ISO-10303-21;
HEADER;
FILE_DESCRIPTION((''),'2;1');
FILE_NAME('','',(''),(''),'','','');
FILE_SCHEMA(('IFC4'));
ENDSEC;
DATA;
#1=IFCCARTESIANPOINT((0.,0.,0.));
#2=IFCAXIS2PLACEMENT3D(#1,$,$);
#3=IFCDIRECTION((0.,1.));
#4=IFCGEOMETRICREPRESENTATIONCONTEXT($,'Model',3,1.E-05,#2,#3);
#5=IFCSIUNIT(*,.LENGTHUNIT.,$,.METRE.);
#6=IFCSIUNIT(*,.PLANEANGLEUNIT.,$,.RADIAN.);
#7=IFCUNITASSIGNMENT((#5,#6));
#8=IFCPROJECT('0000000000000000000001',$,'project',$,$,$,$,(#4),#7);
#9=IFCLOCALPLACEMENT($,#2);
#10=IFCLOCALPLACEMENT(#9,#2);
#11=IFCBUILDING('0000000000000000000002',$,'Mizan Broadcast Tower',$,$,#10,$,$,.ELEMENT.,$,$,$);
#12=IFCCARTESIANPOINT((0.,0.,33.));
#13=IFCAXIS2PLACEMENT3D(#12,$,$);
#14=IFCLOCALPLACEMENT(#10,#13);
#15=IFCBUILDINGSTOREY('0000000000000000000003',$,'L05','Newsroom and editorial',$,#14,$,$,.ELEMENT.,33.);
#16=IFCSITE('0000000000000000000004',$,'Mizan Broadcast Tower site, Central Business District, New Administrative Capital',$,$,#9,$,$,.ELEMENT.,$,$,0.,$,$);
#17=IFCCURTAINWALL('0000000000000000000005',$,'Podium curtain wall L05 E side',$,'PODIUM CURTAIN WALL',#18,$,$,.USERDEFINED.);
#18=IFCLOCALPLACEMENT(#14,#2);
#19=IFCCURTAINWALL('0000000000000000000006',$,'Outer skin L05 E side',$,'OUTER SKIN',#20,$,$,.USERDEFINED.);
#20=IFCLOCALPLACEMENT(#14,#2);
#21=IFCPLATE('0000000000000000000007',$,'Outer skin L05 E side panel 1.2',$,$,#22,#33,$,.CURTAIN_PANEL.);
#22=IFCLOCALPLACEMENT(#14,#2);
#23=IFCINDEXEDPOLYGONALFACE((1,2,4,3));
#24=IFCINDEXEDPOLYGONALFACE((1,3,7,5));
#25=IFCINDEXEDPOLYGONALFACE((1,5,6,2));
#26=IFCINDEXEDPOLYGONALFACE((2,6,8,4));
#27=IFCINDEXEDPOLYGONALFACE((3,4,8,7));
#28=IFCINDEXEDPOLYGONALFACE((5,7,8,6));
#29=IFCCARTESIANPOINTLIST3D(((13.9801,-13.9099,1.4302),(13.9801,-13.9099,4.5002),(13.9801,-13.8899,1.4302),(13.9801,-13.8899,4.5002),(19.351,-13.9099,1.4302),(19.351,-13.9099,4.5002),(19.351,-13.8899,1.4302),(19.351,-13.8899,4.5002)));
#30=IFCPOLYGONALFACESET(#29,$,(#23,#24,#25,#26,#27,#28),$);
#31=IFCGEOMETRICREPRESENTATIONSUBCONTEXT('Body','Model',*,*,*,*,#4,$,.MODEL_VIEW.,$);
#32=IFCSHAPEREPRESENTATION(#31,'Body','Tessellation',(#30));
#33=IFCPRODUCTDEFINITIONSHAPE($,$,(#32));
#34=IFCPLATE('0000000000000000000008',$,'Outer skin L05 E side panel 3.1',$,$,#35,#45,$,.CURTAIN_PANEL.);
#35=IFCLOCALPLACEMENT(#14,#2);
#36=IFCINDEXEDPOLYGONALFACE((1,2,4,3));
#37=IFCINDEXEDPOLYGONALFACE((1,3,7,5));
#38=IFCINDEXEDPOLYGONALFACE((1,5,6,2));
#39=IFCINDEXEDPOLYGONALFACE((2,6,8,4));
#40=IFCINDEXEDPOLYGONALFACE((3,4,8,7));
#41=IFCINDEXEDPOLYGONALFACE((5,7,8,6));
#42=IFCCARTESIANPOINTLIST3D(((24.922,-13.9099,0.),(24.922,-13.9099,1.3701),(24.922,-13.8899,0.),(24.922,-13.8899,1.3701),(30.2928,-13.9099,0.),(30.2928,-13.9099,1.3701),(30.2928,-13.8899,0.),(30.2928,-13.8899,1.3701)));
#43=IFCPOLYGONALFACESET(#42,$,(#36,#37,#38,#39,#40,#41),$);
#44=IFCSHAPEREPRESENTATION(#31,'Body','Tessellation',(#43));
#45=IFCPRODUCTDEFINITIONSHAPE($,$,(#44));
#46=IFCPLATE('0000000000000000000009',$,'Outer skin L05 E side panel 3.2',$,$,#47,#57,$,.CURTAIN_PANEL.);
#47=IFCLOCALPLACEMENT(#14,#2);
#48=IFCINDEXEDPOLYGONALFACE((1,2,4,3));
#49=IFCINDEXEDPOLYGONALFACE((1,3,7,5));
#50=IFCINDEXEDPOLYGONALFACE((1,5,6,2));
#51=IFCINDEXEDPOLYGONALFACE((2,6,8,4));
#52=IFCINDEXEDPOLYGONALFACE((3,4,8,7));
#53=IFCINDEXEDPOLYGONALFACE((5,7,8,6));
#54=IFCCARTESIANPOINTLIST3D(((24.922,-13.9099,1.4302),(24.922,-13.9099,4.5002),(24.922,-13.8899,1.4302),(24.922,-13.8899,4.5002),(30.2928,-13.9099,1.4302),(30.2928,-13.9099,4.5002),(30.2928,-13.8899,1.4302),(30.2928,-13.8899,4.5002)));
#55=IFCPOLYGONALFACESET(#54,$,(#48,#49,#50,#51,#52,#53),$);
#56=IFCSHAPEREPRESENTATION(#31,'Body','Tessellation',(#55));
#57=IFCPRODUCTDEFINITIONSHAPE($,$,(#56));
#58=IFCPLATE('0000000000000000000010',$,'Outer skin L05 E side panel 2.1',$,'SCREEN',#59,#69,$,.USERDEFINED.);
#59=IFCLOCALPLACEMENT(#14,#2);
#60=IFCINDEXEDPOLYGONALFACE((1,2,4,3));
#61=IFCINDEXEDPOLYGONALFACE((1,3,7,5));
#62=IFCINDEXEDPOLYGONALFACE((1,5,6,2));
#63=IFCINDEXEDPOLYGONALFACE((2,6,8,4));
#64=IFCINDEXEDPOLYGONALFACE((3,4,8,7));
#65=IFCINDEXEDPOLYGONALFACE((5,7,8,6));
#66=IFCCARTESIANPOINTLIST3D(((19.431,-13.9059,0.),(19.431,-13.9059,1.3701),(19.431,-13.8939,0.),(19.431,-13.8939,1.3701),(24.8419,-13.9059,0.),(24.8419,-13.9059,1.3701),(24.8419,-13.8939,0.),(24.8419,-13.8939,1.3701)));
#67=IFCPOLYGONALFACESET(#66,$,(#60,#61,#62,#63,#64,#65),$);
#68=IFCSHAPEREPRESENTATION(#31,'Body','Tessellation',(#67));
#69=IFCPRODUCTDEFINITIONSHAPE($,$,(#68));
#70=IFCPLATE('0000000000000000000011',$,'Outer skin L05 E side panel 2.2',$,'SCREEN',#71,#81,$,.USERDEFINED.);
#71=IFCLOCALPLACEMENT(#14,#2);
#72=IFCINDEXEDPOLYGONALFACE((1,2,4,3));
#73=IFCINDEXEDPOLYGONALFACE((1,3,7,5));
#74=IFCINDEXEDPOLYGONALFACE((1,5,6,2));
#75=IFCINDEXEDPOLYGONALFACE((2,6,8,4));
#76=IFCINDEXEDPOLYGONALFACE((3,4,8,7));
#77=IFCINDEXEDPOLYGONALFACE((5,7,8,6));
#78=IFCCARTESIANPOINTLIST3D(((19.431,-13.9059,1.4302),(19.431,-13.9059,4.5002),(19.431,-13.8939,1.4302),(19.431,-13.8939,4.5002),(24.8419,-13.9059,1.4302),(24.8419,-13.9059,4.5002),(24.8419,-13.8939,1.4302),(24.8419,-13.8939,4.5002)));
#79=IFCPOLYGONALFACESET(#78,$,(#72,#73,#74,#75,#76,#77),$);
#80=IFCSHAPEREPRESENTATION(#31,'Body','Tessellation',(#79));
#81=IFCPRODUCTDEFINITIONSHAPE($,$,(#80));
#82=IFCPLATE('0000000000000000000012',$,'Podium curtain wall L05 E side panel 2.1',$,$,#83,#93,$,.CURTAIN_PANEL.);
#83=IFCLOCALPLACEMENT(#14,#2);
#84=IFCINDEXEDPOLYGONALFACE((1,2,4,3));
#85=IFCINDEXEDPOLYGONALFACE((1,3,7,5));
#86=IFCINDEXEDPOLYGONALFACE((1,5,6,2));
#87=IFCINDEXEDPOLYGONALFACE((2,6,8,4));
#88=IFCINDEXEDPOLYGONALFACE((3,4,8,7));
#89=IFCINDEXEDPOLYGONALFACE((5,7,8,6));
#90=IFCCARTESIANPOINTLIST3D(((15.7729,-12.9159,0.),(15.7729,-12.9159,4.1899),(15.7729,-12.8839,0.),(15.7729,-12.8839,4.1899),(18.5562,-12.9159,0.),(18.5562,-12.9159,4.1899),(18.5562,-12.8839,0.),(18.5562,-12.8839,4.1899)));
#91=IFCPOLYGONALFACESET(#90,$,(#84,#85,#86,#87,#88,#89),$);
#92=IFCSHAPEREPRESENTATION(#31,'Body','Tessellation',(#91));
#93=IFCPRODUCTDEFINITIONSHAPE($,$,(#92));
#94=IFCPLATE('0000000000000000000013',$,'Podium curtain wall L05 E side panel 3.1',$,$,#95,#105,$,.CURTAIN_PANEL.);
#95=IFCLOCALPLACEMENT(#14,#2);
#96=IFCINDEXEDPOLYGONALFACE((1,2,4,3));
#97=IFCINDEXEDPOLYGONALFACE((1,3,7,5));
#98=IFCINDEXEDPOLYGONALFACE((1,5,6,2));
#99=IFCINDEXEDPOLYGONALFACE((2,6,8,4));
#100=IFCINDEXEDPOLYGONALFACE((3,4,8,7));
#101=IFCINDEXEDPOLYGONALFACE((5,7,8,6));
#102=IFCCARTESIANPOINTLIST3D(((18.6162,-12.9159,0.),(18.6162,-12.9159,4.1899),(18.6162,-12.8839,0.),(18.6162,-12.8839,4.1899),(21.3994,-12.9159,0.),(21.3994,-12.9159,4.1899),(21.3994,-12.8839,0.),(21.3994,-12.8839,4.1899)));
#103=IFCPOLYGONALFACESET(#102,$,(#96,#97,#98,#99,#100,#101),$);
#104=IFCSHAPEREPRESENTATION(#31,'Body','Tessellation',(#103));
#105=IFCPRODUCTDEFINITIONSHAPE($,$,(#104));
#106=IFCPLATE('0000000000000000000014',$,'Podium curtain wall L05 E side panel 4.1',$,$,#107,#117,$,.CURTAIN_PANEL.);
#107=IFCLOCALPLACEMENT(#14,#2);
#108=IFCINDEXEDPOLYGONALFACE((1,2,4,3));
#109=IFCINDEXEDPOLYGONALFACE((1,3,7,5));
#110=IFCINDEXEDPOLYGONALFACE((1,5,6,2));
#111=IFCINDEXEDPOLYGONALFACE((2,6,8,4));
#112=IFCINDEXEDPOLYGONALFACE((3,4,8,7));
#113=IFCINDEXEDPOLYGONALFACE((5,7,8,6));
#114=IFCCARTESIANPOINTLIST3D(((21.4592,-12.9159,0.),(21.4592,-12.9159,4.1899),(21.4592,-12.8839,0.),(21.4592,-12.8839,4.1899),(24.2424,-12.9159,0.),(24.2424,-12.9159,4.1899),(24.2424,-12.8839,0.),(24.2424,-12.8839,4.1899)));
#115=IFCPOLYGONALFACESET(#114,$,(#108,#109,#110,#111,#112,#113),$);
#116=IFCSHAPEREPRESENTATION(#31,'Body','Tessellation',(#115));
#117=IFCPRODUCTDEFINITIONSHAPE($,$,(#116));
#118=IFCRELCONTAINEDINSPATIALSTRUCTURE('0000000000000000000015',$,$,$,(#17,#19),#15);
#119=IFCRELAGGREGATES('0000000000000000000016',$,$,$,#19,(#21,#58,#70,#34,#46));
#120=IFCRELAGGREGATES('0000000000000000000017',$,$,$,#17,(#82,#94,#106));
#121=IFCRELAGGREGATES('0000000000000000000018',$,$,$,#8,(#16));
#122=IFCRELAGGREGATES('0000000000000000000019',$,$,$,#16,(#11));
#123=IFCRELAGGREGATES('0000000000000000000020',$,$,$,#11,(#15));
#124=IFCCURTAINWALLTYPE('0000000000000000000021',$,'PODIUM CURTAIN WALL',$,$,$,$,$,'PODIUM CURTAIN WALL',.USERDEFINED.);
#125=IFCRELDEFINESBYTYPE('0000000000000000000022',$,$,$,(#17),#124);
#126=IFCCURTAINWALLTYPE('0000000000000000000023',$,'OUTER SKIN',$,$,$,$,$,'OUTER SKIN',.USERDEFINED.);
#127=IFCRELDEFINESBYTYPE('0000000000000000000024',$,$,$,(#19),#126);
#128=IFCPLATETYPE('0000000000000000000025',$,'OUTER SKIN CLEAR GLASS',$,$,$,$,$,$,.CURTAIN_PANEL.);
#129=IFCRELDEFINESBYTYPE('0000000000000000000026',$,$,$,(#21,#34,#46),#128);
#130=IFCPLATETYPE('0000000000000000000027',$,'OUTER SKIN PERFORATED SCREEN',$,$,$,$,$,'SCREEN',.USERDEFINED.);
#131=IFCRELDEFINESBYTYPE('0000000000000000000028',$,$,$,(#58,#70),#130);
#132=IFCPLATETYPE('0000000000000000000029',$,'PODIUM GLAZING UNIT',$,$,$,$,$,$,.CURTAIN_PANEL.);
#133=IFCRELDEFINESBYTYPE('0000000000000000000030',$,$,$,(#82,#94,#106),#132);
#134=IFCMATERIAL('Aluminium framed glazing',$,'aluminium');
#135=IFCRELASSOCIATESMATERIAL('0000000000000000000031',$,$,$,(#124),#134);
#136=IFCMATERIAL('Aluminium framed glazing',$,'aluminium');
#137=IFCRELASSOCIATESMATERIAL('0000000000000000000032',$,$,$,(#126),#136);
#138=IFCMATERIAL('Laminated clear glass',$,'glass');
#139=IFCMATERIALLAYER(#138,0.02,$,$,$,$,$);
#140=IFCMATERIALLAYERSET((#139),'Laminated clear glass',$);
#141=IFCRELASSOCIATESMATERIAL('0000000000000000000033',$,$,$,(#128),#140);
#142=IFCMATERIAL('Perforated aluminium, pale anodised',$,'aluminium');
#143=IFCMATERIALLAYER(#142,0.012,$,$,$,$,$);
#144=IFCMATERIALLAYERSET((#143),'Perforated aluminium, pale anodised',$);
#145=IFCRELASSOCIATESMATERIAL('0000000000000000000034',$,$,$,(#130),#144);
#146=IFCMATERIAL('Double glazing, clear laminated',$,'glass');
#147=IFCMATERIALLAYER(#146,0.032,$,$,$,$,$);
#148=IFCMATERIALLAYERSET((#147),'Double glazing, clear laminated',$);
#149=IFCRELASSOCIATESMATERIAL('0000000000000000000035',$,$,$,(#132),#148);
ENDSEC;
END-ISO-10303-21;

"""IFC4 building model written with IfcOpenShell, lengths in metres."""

from ifc_helpers import new_model, si_unit, direction, frame, origin, origin_2d, place, context, subcontext, project, spatial, rectangle, extrude, material, layer, layer_set, type_object, element, aggregate, save


model = new_model("IFC4")

# Units and contexts
model_context = context("Model", 3, precision=1e-05, world=origin(), true_north=direction((0.0, 1.0)))
body_context = subcontext(model_context, "Body", "Model", "MODEL_VIEW")
ifc_project = project(units=[si_unit("LENGTHUNIT", "METRE"), si_unit("PLANEANGLEUNIT", "RADIAN")], contexts=[model_context])

# Site, building, storey
site_placement = place(None, origin())
site = spatial("IfcSite", under=ifc_project, at=site_placement, Name="Mizan Broadcast Tower site, Central Business District, New Administrative Capital", CompositionType="ELEMENT", RefElevation=0.0)
building_placement = place(site_placement, origin())
building = spatial("IfcBuilding", under=site, at=building_placement, Name="Mizan Broadcast Tower", CompositionType="ELEMENT")
storey_placement = place(building_placement, frame((0.0, 0.0, 33.0)))
storey = spatial("IfcBuildingStorey", under=building, at=storey_placement, Name="L05", Description="Newsroom and editorial", CompositionType="ELEMENT", Elevation=33.0)

# Curtain walls
ifc_material_1 = material(Name="Aluminium framed glazing", Category="aluminium")
curtain_wall_type_1 = type_object("IfcCurtainWallType", Name="PODIUM CURTAIN WALL", ElementType="PODIUM CURTAIN WALL", PredefinedType="USERDEFINED", material=ifc_material_1)
curtain_wall_1_placement = place(storey_placement, origin())
curtain_wall_1 = element("IfcCurtainWall", 1, at=curtain_wall_1_placement, inside=storey, type_object=curtain_wall_type_1, Name="Podium curtain wall L05 E side", ObjectType="PODIUM CURTAIN WALL", PredefinedType="USERDEFINED")
ifc_material_2 = material(Name="Aluminium framed glazing", Category="aluminium")
curtain_wall_type_2 = type_object("IfcCurtainWallType", Name="OUTER SKIN", ElementType="OUTER SKIN", PredefinedType="USERDEFINED", material=ifc_material_2)
curtain_wall_2_placement = place(storey_placement, origin())
curtain_wall_2 = element("IfcCurtainWall", 2, at=curtain_wall_2_placement, inside=storey, type_object=curtain_wall_type_2, Name="Outer skin L05 E side", ObjectType="OUTER SKIN", PredefinedType="USERDEFINED")

# Plates
ifc_material_3 = material(Name="Laminated clear glass", Category="glass")
ifc_layer_1 = layer(ifc_material_3, 0.02)
ifc_layer_set_1 = layer_set([ifc_layer_1], Name="Laminated clear glass")
plate_type_1 = type_object("IfcPlateType", Name="OUTER SKIN CLEAR GLASS", PredefinedType="CURTAIN_PANEL", material=ifc_layer_set_1)
plate_1_placement = place(storey_placement, frame((16.6655, -13.8999, 1.4302), z_axis=(0.0, 0.0, 1.0), x_axis=(1.0, 0.0, 0.0)))
plate_1 = element("IfcPlate", 3, at=plate_1_placement, type_object=plate_type_1, Name="Outer skin L05 E side panel 1.2", PredefinedType="CURTAIN_PANEL", context=body_context, shape_type="SweptSolid", body=[
    extrude(rectangle(XDim=5.3708, YDim=0.02, at=origin_2d()), origin(), (0.0, 0.0, 1.0), 3.0701),
])
plate_2_placement = place(storey_placement, frame((27.6074, -13.8999, 0.0), z_axis=(0.0, 0.0, 1.0), x_axis=(1.0, 0.0, 0.0)))
plate_2 = element("IfcPlate", 4, at=plate_2_placement, type_object=plate_type_1, Name="Outer skin L05 E side panel 3.1", PredefinedType="CURTAIN_PANEL", context=body_context, shape_type="SweptSolid", body=[
    extrude(rectangle(XDim=5.3708, YDim=0.02, at=origin_2d()), origin(), (0.0, 0.0, 1.0), 1.3701),
])
plate_3_placement = place(storey_placement, frame((27.6074, -13.8999, 1.4302), z_axis=(0.0, 0.0, 1.0), x_axis=(1.0, 0.0, 0.0)))
plate_3 = element("IfcPlate", 5, at=plate_3_placement, type_object=plate_type_1, Name="Outer skin L05 E side panel 3.2", PredefinedType="CURTAIN_PANEL", context=body_context, shape_type="SweptSolid", body=[
    extrude(rectangle(XDim=5.3708, YDim=0.02, at=origin_2d()), origin(), (0.0, 0.0, 1.0), 3.0701),
])
ifc_material_4 = material(Name="Perforated aluminium, pale anodised", Category="aluminium")
ifc_layer_2 = layer(ifc_material_4, 0.012)
ifc_layer_set_2 = layer_set([ifc_layer_2], Name="Perforated aluminium, pale anodised")
plate_type_2 = type_object("IfcPlateType", Name="OUTER SKIN PERFORATED SCREEN", ElementType="SCREEN", PredefinedType="USERDEFINED", material=ifc_layer_set_2)
plate_4_placement = place(storey_placement, frame((22.1365, -13.8999, 0.0), z_axis=(0.0, 0.0, 1.0), x_axis=(1.0, 0.0, 0.0)))
plate_4 = element("IfcPlate", 6, at=plate_4_placement, type_object=plate_type_2, Name="Outer skin L05 E side panel 2.1", ObjectType="SCREEN", PredefinedType="USERDEFINED", context=body_context, shape_type="SweptSolid", body=[
    extrude(rectangle(XDim=5.4109, YDim=0.012, at=origin_2d()), origin(), (0.0, 0.0, 1.0), 1.3701),
])
plate_5_placement = place(storey_placement, frame((22.1365, -13.8999, 1.4302), z_axis=(0.0, 0.0, 1.0), x_axis=(1.0, 0.0, 0.0)))
plate_5 = element("IfcPlate", 7, at=plate_5_placement, type_object=plate_type_2, Name="Outer skin L05 E side panel 2.2", ObjectType="SCREEN", PredefinedType="USERDEFINED", context=body_context, shape_type="SweptSolid", body=[
    extrude(rectangle(XDim=5.4109, YDim=0.012, at=origin_2d()), origin(), (0.0, 0.0, 1.0), 3.0701),
])
aggregate(curtain_wall_2, [plate_1, plate_4, plate_5, plate_2, plate_3])
ifc_material_5 = material(Name="Double glazing, clear laminated", Category="glass")
ifc_layer_3 = layer(ifc_material_5, 0.032)
ifc_layer_set_3 = layer_set([ifc_layer_3], Name="Double glazing, clear laminated")
plate_type_3 = type_object("IfcPlateType", Name="PODIUM GLAZING UNIT", PredefinedType="CURTAIN_PANEL", material=ifc_layer_set_3)
plate_6_placement = place(storey_placement, frame((17.1646, -12.8999, 0.0), z_axis=(0.0, 0.0, 1.0), x_axis=(1.0, 0.0, 0.0)))
plate_6 = element("IfcPlate", 8, at=plate_6_placement, type_object=plate_type_3, Name="Podium curtain wall L05 E side panel 2.1", PredefinedType="CURTAIN_PANEL", context=body_context, shape_type="SweptSolid", body=[
    extrude(rectangle(XDim=2.7832, YDim=0.032, at=origin_2d()), origin(), (0.0, 0.0, 1.0), 4.1899),
])
plate_7_placement = place(storey_placement, frame((20.0078, -12.8999, 0.0), z_axis=(0.0, 0.0, 1.0), x_axis=(1.0, 0.0, 0.0)))
plate_7 = element("IfcPlate", 9, at=plate_7_placement, type_object=plate_type_3, Name="Podium curtain wall L05 E side panel 3.1", PredefinedType="CURTAIN_PANEL", context=body_context, shape_type="SweptSolid", body=[
    extrude(rectangle(XDim=2.7832, YDim=0.032, at=origin_2d()), origin(), (0.0, 0.0, 1.0), 4.1899),
])
plate_8_placement = place(storey_placement, frame((22.8508, -12.8999, 0.0), z_axis=(0.0, 0.0, 1.0), x_axis=(1.0, 0.0, 0.0)))
plate_8 = element("IfcPlate", 10, at=plate_8_placement, type_object=plate_type_3, Name="Podium curtain wall L05 E side panel 4.1", PredefinedType="CURTAIN_PANEL", context=body_context, shape_type="SweptSolid", body=[
    extrude(rectangle(XDim=2.7832, YDim=0.032, at=origin_2d()), origin(), (0.0, 0.0, 1.0), 4.1899),
])
aggregate(curtain_wall_1, [plate_6, plate_7, plate_8])

save(model, "model.ifc")
